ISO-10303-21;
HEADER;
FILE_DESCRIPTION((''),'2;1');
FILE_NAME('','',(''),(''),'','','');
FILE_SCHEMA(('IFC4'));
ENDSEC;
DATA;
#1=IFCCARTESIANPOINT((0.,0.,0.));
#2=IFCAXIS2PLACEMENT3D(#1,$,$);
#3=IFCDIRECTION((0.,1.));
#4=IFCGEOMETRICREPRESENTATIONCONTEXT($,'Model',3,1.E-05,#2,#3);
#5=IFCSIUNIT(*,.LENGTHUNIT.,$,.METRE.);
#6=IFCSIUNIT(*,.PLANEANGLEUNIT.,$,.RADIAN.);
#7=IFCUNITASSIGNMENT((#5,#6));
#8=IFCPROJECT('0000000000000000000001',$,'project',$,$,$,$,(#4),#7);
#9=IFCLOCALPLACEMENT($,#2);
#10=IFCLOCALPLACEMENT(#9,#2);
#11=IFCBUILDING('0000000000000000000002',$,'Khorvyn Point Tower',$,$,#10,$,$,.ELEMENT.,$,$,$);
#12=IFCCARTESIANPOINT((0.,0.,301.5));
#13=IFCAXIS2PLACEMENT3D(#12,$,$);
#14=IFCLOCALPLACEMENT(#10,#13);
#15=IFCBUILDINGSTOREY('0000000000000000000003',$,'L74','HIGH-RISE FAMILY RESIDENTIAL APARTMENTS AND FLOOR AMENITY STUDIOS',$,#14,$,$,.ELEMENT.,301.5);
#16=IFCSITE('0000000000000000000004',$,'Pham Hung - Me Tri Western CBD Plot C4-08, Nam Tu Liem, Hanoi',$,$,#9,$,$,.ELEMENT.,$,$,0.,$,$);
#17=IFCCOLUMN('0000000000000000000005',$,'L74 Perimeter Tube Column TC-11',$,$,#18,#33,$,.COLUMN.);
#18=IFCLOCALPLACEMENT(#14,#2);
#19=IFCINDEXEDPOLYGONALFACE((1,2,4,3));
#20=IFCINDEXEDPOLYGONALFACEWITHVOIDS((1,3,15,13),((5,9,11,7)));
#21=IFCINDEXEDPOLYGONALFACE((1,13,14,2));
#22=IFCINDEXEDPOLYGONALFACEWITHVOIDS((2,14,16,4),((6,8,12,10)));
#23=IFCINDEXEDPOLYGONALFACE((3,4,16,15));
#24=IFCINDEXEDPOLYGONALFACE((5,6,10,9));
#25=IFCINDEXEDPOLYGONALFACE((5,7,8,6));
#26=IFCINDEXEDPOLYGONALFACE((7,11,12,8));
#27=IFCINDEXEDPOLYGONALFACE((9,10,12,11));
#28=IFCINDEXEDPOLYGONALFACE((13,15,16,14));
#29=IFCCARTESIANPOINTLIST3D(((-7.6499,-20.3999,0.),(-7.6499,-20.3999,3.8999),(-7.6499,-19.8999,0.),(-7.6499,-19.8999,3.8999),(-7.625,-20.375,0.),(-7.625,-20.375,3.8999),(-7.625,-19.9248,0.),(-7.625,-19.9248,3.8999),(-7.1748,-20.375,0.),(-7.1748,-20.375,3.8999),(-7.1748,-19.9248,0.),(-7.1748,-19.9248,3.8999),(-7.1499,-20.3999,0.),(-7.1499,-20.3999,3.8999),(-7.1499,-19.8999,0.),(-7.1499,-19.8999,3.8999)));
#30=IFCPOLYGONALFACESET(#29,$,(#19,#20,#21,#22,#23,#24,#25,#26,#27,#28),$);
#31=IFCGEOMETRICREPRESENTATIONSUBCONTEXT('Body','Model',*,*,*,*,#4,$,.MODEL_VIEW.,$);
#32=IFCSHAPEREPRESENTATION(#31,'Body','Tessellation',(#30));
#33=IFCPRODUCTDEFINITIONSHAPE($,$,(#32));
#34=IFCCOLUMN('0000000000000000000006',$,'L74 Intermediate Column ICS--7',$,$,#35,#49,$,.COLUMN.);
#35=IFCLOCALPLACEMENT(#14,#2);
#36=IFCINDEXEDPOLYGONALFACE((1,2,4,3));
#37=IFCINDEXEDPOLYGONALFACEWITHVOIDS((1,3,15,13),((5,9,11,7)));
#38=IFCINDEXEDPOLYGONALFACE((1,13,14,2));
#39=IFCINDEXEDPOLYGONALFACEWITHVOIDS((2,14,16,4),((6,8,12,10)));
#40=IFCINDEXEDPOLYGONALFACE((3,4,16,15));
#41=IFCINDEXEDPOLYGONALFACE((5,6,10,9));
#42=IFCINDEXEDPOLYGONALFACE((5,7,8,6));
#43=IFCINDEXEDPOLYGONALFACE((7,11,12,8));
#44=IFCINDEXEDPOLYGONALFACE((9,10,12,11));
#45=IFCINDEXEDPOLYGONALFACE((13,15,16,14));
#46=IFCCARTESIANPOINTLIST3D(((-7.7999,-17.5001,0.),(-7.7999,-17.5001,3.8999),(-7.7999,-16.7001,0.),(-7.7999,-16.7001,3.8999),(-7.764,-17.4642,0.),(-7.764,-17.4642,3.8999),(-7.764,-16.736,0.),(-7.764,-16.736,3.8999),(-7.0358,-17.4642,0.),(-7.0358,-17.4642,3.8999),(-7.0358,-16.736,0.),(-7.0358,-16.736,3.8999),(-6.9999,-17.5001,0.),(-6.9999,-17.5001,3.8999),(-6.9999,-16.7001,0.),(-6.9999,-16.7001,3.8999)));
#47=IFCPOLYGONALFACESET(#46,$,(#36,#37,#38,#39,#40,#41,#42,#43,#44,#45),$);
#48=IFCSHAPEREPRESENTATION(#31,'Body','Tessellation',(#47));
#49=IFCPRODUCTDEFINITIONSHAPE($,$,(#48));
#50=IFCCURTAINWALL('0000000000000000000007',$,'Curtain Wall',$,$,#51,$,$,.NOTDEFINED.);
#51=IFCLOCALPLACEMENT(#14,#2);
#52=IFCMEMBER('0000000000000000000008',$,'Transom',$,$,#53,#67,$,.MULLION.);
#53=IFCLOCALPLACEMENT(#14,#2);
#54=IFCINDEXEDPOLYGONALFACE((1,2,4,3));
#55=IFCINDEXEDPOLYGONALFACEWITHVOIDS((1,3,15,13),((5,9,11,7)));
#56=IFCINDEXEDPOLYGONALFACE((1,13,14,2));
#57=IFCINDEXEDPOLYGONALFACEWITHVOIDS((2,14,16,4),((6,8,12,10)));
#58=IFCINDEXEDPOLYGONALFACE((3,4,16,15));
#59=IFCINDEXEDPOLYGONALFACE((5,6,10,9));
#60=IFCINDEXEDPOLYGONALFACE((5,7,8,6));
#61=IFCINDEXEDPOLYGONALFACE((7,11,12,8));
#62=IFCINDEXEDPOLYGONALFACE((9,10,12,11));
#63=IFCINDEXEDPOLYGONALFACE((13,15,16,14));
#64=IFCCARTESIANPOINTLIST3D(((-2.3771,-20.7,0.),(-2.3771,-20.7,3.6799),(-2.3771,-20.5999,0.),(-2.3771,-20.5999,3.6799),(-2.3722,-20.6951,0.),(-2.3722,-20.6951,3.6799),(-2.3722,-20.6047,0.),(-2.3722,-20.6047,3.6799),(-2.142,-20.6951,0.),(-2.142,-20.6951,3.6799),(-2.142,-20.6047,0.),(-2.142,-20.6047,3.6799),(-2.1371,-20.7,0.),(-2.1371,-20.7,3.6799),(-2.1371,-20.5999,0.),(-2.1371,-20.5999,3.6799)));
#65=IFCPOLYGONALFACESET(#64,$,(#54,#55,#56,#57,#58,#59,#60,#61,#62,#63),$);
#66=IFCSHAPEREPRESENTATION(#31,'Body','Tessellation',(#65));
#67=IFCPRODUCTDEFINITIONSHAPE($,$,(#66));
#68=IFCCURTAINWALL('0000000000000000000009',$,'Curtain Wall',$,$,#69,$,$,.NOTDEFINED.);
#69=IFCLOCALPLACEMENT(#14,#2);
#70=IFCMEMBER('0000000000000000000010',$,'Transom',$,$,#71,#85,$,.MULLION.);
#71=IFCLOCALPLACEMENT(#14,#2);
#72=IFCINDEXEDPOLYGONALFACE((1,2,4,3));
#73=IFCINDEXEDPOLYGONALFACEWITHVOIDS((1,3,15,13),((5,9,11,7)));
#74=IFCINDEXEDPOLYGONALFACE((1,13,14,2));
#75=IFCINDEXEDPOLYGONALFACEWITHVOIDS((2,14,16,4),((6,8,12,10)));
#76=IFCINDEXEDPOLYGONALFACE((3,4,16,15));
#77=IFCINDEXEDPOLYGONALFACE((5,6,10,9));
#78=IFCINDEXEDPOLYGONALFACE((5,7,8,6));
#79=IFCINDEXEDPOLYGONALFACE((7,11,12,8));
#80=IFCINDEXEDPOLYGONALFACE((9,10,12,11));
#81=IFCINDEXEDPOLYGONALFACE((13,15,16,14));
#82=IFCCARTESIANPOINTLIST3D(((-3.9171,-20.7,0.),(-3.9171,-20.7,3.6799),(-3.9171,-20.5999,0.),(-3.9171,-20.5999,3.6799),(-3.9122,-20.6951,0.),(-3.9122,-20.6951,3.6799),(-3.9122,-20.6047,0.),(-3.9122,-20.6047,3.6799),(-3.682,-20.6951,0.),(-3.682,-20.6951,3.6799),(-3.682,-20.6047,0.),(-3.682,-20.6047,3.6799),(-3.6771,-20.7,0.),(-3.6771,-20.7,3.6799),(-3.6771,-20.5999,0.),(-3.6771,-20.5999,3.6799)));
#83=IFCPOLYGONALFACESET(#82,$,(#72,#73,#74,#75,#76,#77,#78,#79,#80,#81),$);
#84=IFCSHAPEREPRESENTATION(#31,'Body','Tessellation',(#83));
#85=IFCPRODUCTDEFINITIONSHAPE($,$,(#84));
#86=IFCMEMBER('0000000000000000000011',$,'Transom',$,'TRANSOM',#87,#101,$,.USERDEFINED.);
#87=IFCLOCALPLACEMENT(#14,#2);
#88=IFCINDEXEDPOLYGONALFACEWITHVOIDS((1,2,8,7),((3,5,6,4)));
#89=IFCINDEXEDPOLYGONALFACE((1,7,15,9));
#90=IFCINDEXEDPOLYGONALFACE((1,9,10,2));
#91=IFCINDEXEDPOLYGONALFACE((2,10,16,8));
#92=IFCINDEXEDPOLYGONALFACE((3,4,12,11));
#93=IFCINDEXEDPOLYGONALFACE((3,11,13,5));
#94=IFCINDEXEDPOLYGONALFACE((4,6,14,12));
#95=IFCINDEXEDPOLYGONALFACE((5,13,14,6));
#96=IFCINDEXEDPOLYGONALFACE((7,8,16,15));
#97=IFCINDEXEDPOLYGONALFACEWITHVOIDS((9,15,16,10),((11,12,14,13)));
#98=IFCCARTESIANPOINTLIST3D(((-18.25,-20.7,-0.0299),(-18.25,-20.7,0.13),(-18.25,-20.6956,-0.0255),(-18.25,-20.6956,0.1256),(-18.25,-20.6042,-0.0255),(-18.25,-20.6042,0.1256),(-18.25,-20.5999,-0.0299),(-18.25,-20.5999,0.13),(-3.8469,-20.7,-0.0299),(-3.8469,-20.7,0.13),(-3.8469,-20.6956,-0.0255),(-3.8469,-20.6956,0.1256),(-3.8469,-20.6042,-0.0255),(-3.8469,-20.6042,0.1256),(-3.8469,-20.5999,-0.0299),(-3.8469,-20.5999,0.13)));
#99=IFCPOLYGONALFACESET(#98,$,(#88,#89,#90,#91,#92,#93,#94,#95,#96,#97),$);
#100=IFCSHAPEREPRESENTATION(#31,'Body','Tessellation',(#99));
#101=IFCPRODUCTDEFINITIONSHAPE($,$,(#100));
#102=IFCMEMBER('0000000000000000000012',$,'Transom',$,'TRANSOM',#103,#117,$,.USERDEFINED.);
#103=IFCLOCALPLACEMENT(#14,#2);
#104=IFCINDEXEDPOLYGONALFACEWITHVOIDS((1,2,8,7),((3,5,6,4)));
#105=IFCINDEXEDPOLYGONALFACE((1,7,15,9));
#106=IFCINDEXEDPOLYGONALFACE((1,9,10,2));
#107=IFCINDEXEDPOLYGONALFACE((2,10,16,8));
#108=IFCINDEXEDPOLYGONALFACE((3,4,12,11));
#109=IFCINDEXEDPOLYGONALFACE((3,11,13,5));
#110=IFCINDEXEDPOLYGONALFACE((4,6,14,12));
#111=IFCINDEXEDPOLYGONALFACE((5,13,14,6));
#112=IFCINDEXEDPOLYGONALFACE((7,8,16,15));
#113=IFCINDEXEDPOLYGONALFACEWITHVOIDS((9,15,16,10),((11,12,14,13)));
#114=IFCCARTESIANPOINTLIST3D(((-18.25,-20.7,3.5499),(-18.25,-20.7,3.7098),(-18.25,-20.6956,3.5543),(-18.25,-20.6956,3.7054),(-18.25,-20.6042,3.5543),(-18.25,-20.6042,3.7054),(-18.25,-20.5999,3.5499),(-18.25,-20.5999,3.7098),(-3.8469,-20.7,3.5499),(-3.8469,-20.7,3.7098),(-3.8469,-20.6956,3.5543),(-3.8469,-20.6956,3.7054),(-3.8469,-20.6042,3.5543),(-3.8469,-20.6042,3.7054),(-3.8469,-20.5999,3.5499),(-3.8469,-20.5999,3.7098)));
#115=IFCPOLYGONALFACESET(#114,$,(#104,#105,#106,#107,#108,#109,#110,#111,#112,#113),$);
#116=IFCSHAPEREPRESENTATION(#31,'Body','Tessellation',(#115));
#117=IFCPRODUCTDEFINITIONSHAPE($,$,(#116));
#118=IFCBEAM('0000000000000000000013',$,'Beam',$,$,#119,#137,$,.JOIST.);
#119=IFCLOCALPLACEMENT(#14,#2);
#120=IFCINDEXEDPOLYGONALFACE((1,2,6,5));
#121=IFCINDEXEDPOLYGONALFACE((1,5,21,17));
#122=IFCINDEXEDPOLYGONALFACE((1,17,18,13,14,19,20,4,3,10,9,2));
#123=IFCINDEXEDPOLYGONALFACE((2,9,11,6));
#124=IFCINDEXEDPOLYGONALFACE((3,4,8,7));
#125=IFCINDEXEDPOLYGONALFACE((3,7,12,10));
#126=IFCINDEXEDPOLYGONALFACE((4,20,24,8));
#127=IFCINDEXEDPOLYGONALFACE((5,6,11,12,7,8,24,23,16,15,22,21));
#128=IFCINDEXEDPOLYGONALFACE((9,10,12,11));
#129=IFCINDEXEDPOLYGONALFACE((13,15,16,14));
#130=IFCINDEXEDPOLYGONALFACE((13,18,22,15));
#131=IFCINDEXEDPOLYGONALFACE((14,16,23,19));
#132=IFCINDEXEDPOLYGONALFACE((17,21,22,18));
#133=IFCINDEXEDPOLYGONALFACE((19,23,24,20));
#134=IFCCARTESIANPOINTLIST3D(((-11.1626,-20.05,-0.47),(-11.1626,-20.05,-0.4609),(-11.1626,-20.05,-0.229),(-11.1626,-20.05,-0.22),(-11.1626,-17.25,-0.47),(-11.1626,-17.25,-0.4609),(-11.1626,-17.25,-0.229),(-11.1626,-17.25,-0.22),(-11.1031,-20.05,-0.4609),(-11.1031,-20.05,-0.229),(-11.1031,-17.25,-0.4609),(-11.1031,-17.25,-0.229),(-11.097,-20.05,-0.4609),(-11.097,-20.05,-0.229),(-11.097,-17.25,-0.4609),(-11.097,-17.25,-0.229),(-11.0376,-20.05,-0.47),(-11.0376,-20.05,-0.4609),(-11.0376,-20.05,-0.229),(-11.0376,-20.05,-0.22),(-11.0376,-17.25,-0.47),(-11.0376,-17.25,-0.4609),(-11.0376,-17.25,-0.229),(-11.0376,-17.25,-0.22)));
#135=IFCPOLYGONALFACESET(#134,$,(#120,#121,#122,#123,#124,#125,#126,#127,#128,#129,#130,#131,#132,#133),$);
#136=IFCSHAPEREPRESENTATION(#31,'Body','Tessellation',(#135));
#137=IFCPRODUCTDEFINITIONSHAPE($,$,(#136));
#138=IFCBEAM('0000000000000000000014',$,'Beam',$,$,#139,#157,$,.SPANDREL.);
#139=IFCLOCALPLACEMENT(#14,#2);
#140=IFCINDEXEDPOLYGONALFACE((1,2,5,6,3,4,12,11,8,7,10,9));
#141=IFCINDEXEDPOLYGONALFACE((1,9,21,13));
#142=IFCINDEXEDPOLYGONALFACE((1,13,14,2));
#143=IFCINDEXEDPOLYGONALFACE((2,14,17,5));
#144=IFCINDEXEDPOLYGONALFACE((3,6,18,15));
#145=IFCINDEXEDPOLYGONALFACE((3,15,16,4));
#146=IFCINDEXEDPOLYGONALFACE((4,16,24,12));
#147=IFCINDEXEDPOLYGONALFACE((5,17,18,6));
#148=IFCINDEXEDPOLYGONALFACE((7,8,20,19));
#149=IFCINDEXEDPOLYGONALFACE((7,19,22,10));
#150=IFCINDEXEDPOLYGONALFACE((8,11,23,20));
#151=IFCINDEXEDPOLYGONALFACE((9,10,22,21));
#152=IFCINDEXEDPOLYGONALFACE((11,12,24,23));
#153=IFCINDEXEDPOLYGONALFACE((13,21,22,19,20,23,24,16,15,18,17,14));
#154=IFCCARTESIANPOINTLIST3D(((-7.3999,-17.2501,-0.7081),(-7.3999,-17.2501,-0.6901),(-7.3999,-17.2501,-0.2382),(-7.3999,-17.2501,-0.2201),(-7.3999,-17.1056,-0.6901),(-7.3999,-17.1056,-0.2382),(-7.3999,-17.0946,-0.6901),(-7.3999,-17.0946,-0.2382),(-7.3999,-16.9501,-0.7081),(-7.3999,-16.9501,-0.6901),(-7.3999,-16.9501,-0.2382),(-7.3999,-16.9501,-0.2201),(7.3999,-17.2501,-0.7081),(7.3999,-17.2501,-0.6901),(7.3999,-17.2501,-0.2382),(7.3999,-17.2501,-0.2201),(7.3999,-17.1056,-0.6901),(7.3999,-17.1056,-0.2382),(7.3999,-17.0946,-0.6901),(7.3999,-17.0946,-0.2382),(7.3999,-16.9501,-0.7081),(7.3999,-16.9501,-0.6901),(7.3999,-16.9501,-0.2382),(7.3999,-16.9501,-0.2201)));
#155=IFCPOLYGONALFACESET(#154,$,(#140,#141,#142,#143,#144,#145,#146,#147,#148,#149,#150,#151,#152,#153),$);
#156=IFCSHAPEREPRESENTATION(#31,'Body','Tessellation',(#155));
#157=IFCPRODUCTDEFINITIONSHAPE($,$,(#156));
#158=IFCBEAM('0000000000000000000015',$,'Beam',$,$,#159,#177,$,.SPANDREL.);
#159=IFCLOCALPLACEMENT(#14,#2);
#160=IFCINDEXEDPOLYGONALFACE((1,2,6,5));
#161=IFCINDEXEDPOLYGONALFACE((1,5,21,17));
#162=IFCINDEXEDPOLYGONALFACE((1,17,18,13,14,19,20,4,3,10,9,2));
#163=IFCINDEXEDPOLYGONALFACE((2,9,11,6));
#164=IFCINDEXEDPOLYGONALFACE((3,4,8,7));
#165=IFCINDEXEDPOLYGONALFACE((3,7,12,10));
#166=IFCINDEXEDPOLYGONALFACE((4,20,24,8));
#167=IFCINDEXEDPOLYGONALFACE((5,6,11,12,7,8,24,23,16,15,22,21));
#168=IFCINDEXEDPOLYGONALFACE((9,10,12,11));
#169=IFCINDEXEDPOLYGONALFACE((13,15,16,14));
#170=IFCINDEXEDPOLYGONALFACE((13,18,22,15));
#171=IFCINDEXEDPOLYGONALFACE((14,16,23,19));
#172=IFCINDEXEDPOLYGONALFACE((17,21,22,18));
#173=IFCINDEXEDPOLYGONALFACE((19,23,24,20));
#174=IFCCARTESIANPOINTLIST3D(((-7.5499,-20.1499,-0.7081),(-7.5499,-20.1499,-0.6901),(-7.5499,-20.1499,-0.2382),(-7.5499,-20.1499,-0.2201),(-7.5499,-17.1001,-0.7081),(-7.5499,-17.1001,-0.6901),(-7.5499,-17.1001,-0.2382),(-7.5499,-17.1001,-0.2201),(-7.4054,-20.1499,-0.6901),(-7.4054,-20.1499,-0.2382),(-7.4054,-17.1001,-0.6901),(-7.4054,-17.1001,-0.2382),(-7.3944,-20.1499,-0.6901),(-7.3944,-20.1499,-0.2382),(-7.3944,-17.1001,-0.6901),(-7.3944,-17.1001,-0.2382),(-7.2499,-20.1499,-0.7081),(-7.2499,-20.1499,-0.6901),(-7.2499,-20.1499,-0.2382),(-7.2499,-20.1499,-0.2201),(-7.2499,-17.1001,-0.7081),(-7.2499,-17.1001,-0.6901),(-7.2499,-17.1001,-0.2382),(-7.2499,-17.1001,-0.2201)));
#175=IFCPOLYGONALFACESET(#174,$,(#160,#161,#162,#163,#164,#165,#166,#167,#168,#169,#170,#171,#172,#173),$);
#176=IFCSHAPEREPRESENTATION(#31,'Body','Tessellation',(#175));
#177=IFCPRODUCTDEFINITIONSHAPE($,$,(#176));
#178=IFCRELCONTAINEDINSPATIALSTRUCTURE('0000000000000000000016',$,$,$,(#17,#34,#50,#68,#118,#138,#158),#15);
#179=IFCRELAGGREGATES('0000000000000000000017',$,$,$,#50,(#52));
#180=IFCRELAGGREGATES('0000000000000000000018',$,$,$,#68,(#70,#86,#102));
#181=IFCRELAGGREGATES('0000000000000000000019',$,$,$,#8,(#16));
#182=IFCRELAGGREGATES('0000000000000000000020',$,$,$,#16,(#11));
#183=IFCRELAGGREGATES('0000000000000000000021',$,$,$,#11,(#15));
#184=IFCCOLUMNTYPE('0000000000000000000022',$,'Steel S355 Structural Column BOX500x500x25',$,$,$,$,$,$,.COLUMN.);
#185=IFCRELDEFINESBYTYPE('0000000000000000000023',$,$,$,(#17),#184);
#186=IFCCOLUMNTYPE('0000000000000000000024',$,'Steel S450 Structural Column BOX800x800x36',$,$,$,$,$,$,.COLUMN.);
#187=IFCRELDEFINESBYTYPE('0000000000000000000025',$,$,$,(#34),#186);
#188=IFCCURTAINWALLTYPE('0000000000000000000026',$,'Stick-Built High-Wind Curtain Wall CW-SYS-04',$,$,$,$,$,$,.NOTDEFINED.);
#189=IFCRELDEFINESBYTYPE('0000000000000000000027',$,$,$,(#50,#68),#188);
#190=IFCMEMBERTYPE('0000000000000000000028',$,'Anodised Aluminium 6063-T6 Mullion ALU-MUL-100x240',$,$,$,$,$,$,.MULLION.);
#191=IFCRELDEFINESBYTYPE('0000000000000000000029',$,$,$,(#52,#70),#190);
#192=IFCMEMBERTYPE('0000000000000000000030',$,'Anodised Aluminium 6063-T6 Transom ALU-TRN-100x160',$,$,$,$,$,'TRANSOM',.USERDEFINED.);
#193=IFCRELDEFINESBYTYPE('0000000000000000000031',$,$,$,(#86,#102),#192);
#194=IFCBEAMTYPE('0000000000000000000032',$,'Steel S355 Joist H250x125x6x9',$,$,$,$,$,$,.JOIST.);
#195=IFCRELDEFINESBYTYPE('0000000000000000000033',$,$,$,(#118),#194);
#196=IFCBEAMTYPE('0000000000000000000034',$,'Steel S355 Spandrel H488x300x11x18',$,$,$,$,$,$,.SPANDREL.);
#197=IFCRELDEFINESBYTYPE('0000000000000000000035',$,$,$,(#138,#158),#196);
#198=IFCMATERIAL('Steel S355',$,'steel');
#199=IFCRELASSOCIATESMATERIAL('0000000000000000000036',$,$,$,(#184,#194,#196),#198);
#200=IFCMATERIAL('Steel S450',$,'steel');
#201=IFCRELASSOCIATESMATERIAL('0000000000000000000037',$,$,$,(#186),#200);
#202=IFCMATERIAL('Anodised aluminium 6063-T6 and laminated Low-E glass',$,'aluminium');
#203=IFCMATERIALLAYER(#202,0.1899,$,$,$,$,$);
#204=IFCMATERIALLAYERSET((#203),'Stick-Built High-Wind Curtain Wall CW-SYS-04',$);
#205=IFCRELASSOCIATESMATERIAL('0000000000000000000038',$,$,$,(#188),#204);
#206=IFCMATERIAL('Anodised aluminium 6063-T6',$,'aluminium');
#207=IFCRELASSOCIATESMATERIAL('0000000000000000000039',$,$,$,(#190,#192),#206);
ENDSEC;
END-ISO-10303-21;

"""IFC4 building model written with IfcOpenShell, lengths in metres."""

from ifc_helpers import new_model, si_unit, direction, frame, origin, origin_2d, place, context, subcontext, project, spatial, hollow_rectangle, i_section, extrude, material, layer, layer_set, material_profile, profile_set, type_object, element, aggregate, save


model = new_model("IFC4")

# Units and contexts
model_context = context("Model", 3, precision=1e-05, world=origin(), true_north=direction((0.0, 1.0)))
body_context = subcontext(model_context, "Body", "Model", "MODEL_VIEW")
ifc_project = project(units=[si_unit("LENGTHUNIT", "METRE"), si_unit("PLANEANGLEUNIT", "RADIAN")], contexts=[model_context])

# Site, building, storey
site_placement = place(None, origin())
site = spatial("IfcSite", under=ifc_project, at=site_placement, Name="Pham Hung - Me Tri Western CBD Plot C4-08, Nam Tu Liem, Hanoi", CompositionType="ELEMENT", RefElevation=0.0)
building_placement = place(site_placement, origin())
building = spatial("IfcBuilding", under=site, at=building_placement, Name="Khorvyn Point Tower", CompositionType="ELEMENT")
storey_placement = place(building_placement, frame((0.0, 0.0, 301.5)))
storey = spatial("IfcBuildingStorey", under=building, at=storey_placement, Name="L74", Description="HIGH-RISE FAMILY RESIDENTIAL APARTMENTS AND FLOOR AMENITY STUDIOS", CompositionType="ELEMENT", Elevation=301.5)

# Columns
ifc_material_1 = material(Name="Steel S355", Category="steel")
ifc_material_profile_1 = material_profile(ifc_material_1, hollow_rectangle(XDim=0.5, YDim=0.5, WallThickness=0.0249, at=origin_2d()))
ifc_profile_set_1 = profile_set([ifc_material_profile_1], Name="Steel S355 BOX500x500x25")
column_type_1 = type_object("IfcColumnType", Name="Steel S355 Structural Column BOX500x500x25", PredefinedType="COLUMN", material=ifc_profile_set_1)
column_1_placement = place(storey_placement, frame((-7.3999, -20.1499, 0.0), z_axis=(0.0, 0.0, 1.0), x_axis=(1.0, 0.0, 0.0)))
element("IfcColumn", 1, at=column_1_placement, inside=storey, type_object=column_type_1, Name="L74 Perimeter Tube Column TC-11", PredefinedType="COLUMN", context=body_context, shape_type="SweptSolid", body=[
    extrude(hollow_rectangle(XDim=0.5, YDim=0.5, WallThickness=0.0249, at=origin_2d()), origin(), (0.0, 0.0, 1.0), 3.8999),
])
ifc_material_2 = material(Name="Steel S450", Category="steel")
ifc_material_profile_2 = material_profile(ifc_material_2, hollow_rectangle(XDim=0.8, YDim=0.8, WallThickness=0.0359, at=origin_2d()))
ifc_profile_set_2 = profile_set([ifc_material_profile_2], Name="Steel S450 BOX800x800x36")
column_type_2 = type_object("IfcColumnType", Name="Steel S450 Structural Column BOX800x800x36", PredefinedType="COLUMN", material=ifc_profile_set_2)
column_2_placement = place(storey_placement, frame((-7.3999, -17.1001, 0.0), z_axis=(0.0, 0.0, 1.0), x_axis=(1.0, 0.0, 0.0)))
element("IfcColumn", 2, at=column_2_placement, inside=storey, type_object=column_type_2, Name="L74 Intermediate Column ICS--7", PredefinedType="COLUMN", context=body_context, shape_type="SweptSolid", body=[
    extrude(hollow_rectangle(XDim=0.8, YDim=0.8, WallThickness=0.0359, at=origin_2d()), origin(), (0.0, 0.0, 1.0), 3.8999),
])

# Curtain wall, member
ifc_material_3 = material(Name="Anodised aluminium 6063-T6 and laminated Low-E glass", Category="aluminium")
ifc_layer_1 = layer(ifc_material_3, 0.1899)
ifc_layer_set_1 = layer_set([ifc_layer_1], Name="Stick-Built High-Wind Curtain Wall CW-SYS-04")
curtain_wall_type = type_object("IfcCurtainWallType", Name="Stick-Built High-Wind Curtain Wall CW-SYS-04", PredefinedType="NOTDEFINED", material=ifc_layer_set_1)
curtain_wall_1_placement = place(storey_placement, origin())
curtain_wall_1 = element("IfcCurtainWall", 3, at=curtain_wall_1_placement, inside=storey, type_object=curtain_wall_type, Name="Curtain Wall", PredefinedType="NOTDEFINED")
ifc_material_4 = material(Name="Anodised aluminium 6063-T6", Category="aluminium")
ifc_material_profile_3 = material_profile(ifc_material_4, hollow_rectangle(XDim=0.1001, YDim=0.24, WallThickness=0.0049, at=origin_2d()))
ifc_profile_set_3 = profile_set([ifc_material_profile_3], Name="Anodised aluminium 6063-T6 ALU-MUL-100x240")
member_type_1 = type_object("IfcMemberType", Name="Anodised Aluminium 6063-T6 Mullion ALU-MUL-100x240", PredefinedType="MULLION", material=ifc_profile_set_3)
member_1_placement = place(storey_placement, frame((-2.2571, -20.6499, 0.0), z_axis=(0.0, 0.0, 1.0), x_axis=(0.0, -1.0, 0.0)))
member_1 = element("IfcMember", 4, at=member_1_placement, type_object=member_type_1, Name="Transom", PredefinedType="MULLION", context=body_context, shape_type="SweptSolid", body=[
    extrude(hollow_rectangle(XDim=0.1001, YDim=0.24, WallThickness=0.0049, at=origin_2d()), origin(), (0.0, 0.0, 1.0), 3.6799),
])

# Curtain wall, members
curtain_wall_2_placement = place(storey_placement, origin())
curtain_wall_2 = element("IfcCurtainWall", 5, at=curtain_wall_2_placement, inside=storey, type_object=curtain_wall_type, Name="Curtain Wall", PredefinedType="NOTDEFINED")
member_2_placement = place(storey_placement, frame((-3.7971, -20.6499, 0.0), z_axis=(0.0, 0.0, 1.0), x_axis=(0.0, -1.0, 0.0)))
member_2 = element("IfcMember", 6, at=member_2_placement, type_object=member_type_1, Name="Transom", PredefinedType="MULLION", context=body_context, shape_type="SweptSolid", body=[
    extrude(hollow_rectangle(XDim=0.1001, YDim=0.24, WallThickness=0.0049, at=origin_2d()), origin(), (0.0, 0.0, 1.0), 3.6799),
])
ifc_material_profile_4 = material_profile(ifc_material_4, hollow_rectangle(XDim=0.1001, YDim=0.1599, WallThickness=0.0044, at=origin_2d()))
ifc_profile_set_4 = profile_set([ifc_material_profile_4], Name="Anodised aluminium 6063-T6 ALU-TRN-100x160")
member_type_2 = type_object("IfcMemberType", Name="Anodised Aluminium 6063-T6 Transom ALU-TRN-100x160", ElementType="TRANSOM", PredefinedType="USERDEFINED", material=ifc_profile_set_4)
member_3_placement = place(storey_placement, frame((-3.8469, -20.6499, 0.05), z_axis=(-1.0, 0.0, 0.0), x_axis=(0.0, -1.0, 0.0)))
member_3 = element("IfcMember", 7, at=member_3_placement, type_object=member_type_2, Name="Transom", ObjectType="TRANSOM", PredefinedType="USERDEFINED", context=body_context, shape_type="SweptSolid", body=[
    extrude(hollow_rectangle(XDim=0.1001, YDim=0.1599, WallThickness=0.0044, at=origin_2d()), origin(), (0.0, 0.0, 1.0), 14.4031),
])
member_4_placement = place(storey_placement, frame((-3.8469, -20.6499, 3.6299), z_axis=(-1.0, 0.0, 0.0), x_axis=(0.0, -1.0, 0.0)))
member_4 = element("IfcMember", 8, at=member_4_placement, type_object=member_type_2, Name="Transom", ObjectType="TRANSOM", PredefinedType="USERDEFINED", context=body_context, shape_type="SweptSolid", body=[
    extrude(hollow_rectangle(XDim=0.1001, YDim=0.1599, WallThickness=0.0044, at=origin_2d()), origin(), (0.0, 0.0, 1.0), 14.4031),
])

# Beams
ifc_material_profile_5 = material_profile(ifc_material_1, i_section(OverallWidth=0.125, OverallDepth=0.25, WebThickness=0.0061, FlangeThickness=0.009, at=origin_2d()))
ifc_profile_set_5 = profile_set([ifc_material_profile_5], Name="Steel S355 H250x125x6x9")
beam_type_1 = type_object("IfcBeamType", Name="Steel S355 Joist H250x125x6x9", PredefinedType="JOIST", material=ifc_profile_set_5)
beam_1_placement = place(storey_placement, frame((-11.1001, -20.05, -0.345), z_axis=(0.0, 1.0, 0.0), x_axis=(-1.0, 0.0, 0.0)))
element("IfcBeam", 9, at=beam_1_placement, inside=storey, type_object=beam_type_1, Name="Beam", PredefinedType="JOIST", context=body_context, shape_type="SweptSolid", body=[
    extrude(i_section(OverallWidth=0.125, OverallDepth=0.25, WebThickness=0.0061, FlangeThickness=0.009, at=origin_2d()), origin(), (0.0, 0.0, 1.0), 2.8),
])
ifc_material_profile_6 = material_profile(ifc_material_1, i_section(OverallWidth=0.3, OverallDepth=0.488, WebThickness=0.011, FlangeThickness=0.0181, at=origin_2d()))
ifc_profile_set_6 = profile_set([ifc_material_profile_6], Name="Steel S355 H488x300x11x18")
beam_type_2 = type_object("IfcBeamType", Name="Steel S355 Spandrel H488x300x11x18", PredefinedType="SPANDREL", material=ifc_profile_set_6)
beam_2_placement = place(storey_placement, frame((-7.3999, -17.1001, -0.4641), z_axis=(1.0, 0.0, 0.0), x_axis=(0.0, 1.0, 0.0)))
element("IfcBeam", 10, at=beam_2_placement, inside=storey, type_object=beam_type_2, Name="Beam", PredefinedType="SPANDREL", context=body_context, shape_type="SweptSolid", body=[
    extrude(i_section(OverallWidth=0.3, OverallDepth=0.488, WebThickness=0.011, FlangeThickness=0.0181, at=origin_2d()), origin(), (0.0, 0.0, 1.0), 14.7998),
])
beam_3_placement = place(storey_placement, frame((-7.3999, -20.1499, -0.4641), z_axis=(0.0, 1.0, 0.0), x_axis=(-1.0, 0.0, 0.0)))
element("IfcBeam", 11, at=beam_3_placement, inside=storey, type_object=beam_type_2, Name="Beam", PredefinedType="SPANDREL", context=body_context, shape_type="SweptSolid", body=[
    extrude(i_section(OverallWidth=0.3, OverallDepth=0.488, WebThickness=0.011, FlangeThickness=0.0181, at=origin_2d()), origin(), (0.0, 0.0, 1.0), 3.0498),
])

aggregate(curtain_wall_1, [member_1])
aggregate(curtain_wall_2, [member_2, member_3, member_4])

save(model, "model.ifc")
